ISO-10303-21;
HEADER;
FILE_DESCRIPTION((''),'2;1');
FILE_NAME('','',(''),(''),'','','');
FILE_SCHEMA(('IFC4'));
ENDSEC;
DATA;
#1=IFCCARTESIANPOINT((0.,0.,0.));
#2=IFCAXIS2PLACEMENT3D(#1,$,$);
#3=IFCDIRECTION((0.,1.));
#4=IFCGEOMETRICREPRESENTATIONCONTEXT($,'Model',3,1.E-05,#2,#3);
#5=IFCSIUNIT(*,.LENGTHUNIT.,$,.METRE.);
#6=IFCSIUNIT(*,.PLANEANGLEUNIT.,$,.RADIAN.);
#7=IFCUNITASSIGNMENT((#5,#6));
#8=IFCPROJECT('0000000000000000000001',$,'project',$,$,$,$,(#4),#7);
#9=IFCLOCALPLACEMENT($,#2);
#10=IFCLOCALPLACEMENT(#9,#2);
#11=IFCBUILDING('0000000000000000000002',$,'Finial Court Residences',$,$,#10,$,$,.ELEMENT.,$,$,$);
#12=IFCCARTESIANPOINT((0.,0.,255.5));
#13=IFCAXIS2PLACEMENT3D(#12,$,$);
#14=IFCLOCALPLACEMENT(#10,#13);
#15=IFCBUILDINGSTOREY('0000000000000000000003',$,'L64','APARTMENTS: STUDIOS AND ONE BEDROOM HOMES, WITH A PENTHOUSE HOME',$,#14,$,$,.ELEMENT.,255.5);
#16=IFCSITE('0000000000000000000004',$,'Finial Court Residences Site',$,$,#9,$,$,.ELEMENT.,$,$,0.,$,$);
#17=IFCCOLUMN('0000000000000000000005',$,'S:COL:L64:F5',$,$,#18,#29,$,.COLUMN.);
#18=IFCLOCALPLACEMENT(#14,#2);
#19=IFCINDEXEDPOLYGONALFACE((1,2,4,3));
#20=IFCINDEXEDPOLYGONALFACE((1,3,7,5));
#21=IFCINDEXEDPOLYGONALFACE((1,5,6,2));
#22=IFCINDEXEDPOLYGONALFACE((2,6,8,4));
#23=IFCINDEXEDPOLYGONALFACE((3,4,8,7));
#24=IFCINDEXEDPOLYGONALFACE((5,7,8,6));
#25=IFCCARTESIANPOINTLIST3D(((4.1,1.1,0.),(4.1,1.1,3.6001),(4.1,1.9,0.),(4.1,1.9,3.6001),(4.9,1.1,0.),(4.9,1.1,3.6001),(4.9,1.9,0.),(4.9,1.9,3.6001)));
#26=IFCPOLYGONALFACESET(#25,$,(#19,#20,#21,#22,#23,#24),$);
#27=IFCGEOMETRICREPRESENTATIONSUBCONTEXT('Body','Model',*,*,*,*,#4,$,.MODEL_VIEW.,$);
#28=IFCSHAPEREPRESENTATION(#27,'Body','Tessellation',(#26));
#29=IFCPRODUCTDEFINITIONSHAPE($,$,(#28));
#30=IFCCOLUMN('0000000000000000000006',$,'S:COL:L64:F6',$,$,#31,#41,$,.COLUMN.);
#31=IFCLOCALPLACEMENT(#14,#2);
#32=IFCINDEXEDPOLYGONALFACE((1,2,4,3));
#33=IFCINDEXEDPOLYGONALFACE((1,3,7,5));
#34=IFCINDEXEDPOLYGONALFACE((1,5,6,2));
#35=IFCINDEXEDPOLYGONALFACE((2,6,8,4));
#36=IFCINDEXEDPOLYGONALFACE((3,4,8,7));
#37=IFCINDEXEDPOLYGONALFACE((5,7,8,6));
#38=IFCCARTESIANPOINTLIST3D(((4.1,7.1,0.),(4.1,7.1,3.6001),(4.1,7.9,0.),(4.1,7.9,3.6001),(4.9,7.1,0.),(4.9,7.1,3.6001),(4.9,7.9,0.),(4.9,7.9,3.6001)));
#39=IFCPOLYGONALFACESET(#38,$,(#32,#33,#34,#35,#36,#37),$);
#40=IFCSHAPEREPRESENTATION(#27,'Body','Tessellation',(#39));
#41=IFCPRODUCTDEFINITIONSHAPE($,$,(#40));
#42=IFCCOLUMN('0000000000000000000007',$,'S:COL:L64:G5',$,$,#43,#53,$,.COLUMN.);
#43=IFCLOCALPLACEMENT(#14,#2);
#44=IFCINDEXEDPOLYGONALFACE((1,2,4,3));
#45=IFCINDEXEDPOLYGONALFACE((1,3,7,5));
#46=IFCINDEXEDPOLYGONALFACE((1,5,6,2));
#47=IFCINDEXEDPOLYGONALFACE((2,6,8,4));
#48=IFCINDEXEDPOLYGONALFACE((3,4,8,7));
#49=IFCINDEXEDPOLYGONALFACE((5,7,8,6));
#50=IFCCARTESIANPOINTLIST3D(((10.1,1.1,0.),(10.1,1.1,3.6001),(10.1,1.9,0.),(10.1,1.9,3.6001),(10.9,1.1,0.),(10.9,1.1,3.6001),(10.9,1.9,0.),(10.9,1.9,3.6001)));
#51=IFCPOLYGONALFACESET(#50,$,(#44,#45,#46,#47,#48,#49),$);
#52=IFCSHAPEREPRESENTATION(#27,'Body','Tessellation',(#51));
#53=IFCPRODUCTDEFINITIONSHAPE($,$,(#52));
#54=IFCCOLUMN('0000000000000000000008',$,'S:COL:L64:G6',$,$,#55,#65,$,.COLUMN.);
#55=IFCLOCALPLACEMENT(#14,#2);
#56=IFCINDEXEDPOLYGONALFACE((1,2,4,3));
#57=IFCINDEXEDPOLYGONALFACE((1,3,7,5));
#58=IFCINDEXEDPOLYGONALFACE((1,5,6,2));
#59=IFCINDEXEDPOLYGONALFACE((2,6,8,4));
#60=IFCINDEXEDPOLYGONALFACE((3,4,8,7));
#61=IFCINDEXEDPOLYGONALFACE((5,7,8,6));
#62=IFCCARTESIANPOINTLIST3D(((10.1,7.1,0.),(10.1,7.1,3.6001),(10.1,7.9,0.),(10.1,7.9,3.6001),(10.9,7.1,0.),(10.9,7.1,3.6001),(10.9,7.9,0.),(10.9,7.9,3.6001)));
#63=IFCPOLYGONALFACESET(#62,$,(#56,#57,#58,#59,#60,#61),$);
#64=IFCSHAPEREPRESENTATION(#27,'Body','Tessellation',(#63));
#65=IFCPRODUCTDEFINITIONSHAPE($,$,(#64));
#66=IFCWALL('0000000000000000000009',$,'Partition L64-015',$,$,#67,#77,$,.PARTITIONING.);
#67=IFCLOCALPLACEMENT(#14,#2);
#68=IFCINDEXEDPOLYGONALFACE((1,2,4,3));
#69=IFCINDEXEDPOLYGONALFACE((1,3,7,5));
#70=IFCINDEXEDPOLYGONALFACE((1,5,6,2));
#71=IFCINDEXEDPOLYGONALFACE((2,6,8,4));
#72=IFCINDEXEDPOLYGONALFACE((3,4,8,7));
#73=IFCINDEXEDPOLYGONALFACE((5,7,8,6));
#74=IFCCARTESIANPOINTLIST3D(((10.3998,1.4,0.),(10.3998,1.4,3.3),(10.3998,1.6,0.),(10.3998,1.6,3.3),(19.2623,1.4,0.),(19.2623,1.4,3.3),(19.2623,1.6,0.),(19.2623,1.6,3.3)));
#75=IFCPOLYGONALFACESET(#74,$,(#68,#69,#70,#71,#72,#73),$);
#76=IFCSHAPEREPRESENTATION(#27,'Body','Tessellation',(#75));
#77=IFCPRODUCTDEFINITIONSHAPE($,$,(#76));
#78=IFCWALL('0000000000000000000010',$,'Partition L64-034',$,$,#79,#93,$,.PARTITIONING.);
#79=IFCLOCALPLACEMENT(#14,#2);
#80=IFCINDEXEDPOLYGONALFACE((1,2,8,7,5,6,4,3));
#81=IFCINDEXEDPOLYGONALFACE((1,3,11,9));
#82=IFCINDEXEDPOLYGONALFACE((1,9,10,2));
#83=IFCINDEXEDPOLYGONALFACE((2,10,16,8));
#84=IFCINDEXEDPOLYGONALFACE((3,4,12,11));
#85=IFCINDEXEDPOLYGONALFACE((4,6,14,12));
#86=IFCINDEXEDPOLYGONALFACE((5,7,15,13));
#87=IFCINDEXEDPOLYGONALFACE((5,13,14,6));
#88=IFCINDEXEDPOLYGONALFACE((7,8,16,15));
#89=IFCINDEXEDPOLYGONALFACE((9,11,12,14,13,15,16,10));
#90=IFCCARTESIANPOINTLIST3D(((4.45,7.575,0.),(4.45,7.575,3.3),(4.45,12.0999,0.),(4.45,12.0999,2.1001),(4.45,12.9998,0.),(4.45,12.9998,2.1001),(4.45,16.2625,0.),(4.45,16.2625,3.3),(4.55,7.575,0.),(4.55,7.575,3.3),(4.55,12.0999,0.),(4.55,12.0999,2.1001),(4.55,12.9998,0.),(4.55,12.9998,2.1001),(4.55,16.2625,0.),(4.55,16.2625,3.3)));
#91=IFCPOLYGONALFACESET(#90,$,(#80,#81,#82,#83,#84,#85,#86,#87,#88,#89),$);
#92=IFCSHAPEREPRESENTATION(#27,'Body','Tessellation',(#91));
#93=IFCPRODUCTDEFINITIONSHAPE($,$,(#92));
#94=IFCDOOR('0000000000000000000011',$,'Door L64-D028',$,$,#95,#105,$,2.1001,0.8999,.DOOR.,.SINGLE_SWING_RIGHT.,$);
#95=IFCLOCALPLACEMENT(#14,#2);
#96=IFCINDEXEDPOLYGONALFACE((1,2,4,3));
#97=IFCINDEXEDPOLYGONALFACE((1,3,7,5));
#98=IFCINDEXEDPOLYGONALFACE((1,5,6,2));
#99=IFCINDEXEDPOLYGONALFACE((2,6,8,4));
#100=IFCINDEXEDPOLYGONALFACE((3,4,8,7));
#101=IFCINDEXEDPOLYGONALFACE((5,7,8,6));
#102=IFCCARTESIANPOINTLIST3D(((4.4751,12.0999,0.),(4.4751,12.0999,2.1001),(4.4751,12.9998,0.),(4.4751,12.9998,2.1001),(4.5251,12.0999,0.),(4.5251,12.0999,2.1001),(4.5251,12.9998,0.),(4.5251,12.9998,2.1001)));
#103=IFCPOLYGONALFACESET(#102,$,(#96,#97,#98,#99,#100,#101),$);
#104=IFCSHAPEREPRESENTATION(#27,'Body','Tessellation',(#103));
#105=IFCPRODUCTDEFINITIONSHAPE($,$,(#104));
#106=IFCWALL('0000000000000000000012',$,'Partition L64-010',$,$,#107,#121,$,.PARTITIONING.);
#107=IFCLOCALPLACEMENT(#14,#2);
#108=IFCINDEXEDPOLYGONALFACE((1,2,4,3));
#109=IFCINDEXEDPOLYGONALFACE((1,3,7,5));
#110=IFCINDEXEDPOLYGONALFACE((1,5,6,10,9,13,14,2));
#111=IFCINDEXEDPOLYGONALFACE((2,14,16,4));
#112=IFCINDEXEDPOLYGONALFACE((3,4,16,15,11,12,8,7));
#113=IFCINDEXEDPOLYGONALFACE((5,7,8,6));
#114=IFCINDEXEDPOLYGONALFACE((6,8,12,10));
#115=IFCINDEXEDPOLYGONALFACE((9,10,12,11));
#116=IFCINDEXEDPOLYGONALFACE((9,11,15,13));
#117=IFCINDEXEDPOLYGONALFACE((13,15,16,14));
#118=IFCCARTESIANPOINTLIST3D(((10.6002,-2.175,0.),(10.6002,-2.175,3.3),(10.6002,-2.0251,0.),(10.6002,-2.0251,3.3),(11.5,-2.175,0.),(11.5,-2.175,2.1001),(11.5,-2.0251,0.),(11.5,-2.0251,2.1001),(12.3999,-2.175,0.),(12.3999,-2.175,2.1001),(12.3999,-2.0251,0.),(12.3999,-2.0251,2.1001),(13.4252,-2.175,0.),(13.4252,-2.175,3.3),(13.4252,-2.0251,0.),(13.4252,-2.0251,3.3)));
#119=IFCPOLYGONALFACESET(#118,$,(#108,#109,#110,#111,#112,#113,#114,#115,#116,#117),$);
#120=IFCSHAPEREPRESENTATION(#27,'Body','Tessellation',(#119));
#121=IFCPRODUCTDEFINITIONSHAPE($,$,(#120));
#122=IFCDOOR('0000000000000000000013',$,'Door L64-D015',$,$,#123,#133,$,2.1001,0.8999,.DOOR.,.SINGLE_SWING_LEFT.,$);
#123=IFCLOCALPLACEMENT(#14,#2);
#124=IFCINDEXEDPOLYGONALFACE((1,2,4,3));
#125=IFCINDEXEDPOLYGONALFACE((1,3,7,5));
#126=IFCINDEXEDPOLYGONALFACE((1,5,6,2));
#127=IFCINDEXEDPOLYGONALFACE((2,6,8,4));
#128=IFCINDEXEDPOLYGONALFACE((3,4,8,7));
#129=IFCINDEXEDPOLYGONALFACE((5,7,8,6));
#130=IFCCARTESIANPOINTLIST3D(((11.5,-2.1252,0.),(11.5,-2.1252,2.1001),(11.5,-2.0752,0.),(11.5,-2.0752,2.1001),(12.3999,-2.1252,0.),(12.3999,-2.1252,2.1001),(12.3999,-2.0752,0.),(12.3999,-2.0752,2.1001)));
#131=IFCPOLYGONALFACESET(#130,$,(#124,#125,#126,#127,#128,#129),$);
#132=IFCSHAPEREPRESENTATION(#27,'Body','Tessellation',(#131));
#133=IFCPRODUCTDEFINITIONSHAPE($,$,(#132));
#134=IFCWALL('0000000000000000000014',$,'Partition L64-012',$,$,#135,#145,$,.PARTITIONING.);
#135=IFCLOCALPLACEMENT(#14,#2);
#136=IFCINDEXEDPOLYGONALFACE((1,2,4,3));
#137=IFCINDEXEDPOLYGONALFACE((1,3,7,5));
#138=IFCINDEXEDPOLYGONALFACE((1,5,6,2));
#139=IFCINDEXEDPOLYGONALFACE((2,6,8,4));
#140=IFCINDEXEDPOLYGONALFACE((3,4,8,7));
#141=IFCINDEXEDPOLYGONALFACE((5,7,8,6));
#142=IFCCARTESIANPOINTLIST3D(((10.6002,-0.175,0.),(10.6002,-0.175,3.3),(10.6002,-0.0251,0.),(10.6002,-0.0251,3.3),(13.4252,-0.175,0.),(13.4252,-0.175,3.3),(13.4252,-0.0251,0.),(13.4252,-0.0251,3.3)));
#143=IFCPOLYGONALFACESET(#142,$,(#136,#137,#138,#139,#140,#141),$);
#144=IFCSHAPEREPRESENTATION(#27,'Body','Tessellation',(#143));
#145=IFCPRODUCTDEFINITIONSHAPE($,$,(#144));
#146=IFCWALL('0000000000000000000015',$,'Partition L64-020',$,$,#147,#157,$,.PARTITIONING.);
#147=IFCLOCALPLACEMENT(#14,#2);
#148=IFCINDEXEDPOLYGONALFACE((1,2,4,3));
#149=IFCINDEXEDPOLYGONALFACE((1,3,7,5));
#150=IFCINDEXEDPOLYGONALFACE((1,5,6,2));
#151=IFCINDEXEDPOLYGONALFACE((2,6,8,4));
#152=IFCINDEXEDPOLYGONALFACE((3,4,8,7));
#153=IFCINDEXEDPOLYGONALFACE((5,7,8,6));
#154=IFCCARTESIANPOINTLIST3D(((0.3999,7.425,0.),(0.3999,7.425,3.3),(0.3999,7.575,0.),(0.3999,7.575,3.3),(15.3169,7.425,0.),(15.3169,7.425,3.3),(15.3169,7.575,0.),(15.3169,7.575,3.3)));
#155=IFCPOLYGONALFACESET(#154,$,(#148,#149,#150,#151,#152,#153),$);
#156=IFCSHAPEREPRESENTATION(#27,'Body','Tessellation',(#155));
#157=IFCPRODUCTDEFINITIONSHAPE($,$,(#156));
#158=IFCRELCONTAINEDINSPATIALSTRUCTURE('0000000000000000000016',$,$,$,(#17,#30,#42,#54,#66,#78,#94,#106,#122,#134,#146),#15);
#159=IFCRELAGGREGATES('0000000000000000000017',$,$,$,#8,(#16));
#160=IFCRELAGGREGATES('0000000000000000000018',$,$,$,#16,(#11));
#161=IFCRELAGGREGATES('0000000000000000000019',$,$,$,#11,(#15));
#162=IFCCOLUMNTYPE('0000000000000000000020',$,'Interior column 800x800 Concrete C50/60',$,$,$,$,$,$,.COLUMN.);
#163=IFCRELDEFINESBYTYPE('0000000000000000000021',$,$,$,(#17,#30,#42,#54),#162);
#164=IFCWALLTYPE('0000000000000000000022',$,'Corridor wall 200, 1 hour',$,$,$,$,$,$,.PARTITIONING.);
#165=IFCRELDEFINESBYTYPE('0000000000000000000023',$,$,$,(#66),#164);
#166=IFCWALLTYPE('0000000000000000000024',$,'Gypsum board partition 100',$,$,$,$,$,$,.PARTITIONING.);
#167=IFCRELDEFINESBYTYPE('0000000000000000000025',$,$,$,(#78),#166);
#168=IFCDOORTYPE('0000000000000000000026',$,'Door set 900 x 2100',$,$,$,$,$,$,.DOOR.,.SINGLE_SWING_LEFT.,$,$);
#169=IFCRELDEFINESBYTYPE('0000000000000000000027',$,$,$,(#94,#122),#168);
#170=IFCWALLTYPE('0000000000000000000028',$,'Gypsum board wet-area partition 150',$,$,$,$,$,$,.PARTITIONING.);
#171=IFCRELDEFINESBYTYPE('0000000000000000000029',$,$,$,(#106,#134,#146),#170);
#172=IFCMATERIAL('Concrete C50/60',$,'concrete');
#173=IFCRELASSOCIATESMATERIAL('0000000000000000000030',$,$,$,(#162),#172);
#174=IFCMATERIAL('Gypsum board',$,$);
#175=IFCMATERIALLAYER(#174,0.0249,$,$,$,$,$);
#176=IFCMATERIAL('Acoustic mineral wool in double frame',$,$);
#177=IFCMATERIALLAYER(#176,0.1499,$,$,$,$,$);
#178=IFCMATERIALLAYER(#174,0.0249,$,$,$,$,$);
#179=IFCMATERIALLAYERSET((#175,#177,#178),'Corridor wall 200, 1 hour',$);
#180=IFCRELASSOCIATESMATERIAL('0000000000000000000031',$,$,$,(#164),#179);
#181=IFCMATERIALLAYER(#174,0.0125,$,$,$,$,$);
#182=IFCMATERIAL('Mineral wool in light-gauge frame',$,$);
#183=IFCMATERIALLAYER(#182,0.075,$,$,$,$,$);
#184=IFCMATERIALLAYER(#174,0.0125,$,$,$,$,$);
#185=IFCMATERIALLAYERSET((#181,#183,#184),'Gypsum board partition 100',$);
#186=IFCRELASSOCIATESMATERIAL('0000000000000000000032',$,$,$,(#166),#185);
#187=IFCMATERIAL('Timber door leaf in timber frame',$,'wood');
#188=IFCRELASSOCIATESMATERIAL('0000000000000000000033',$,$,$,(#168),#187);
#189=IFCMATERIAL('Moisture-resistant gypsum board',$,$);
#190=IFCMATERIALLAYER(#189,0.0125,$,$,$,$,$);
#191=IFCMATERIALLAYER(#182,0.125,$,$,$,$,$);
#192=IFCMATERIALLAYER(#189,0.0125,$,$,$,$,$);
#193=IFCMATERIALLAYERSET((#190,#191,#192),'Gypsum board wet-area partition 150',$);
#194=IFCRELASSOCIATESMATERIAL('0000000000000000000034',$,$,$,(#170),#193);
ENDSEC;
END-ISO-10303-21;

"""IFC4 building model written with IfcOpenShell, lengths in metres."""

from ifc_helpers import new_model, si_unit, direction, frame, frame_2d, origin, origin_2d, place, context, subcontext, project, spatial, rectangle, extrude, material, layer, layer_set, material_profile, profile_set, type_object, element, fill, save


model = new_model("IFC4")

# Units and contexts
model_context = context("Model", 3, precision=1e-05, world=origin(), true_north=direction((0.0, 1.0)))
body_context = subcontext(model_context, "Body", "Model", "MODEL_VIEW")
ifc_project = project(units=[si_unit("LENGTHUNIT", "METRE"), si_unit("PLANEANGLEUNIT", "RADIAN")], contexts=[model_context])

# Site, building, storey
site_placement = place(None, origin())
site = spatial("IfcSite", under=ifc_project, at=site_placement, Name="Finial Court Residences Site", CompositionType="ELEMENT", RefElevation=0.0)
building_placement = place(site_placement, origin())
building = spatial("IfcBuilding", under=site, at=building_placement, Name="Finial Court Residences", CompositionType="ELEMENT")
storey_placement = place(building_placement, frame((0.0, 0.0, 255.5)))
storey = spatial("IfcBuildingStorey", under=building, at=storey_placement, Name="L64", Description="APARTMENTS: STUDIOS AND ONE BEDROOM HOMES, WITH A PENTHOUSE HOME", CompositionType="ELEMENT", Elevation=255.5)

# Columns
ifc_material_1 = material(Name="Concrete C50/60", Category="concrete")
ifc_material_profile = material_profile(ifc_material_1, rectangle(XDim=0.8, YDim=0.8, at=origin_2d()), Name="800x800")
ifc_profile_set = profile_set([ifc_material_profile], Name="Concrete C50/60")
column_type = type_object("IfcColumnType", Name="Interior column 800x800 Concrete C50/60", PredefinedType="COLUMN", material=ifc_profile_set)
for number, where, z_axis, x_axis, name in (
    (1, (4.5, 1.5, 0.0), (0.0, 0.0, 1.0), (1.0, 0.0, 0.0), "S:COL:L64:F5"),
    (2, (4.5, 7.5, 0.0), (0.0, 0.0, 1.0), (1.0, 0.0, 0.0), "S:COL:L64:F6"),
    (3, (10.5, 1.5, 0.0), (0.0, 0.0, 1.0), (1.0, 0.0, 0.0), "S:COL:L64:G5"),
    (4, (10.5, 7.5, 0.0), (0.0, 0.0, 1.0), (1.0, 0.0, 0.0), "S:COL:L64:G6"),
):
    element("IfcColumn", number, at=place(storey_placement, frame(where, z_axis=z_axis, x_axis=x_axis)), inside=storey, type_object=column_type, Name=name, PredefinedType="COLUMN", context=body_context, shape_type="SweptSolid", body=[
        extrude(rectangle(XDim=0.8, YDim=0.8, at=origin_2d()), origin(), (0.0, 0.0, 1.0), 3.6001),
    ])

# Wall
ifc_material_2 = material(Name="Gypsum board")
ifc_layer_1 = layer(ifc_material_2, 0.0249)
ifc_material_3 = material(Name="Acoustic mineral wool in double frame")
ifc_layer_2 = layer(ifc_material_3, 0.1499)
ifc_layer_3 = layer(ifc_material_2, 0.0249)
ifc_layer_set_1 = layer_set([ifc_layer_1, ifc_layer_2, ifc_layer_3], Name="Corridor wall 200, 1 hour")
wall_type_1 = type_object("IfcWallType", Name="Corridor wall 200, 1 hour", PredefinedType="PARTITIONING", material=ifc_layer_set_1)
wall_1_placement = place(storey_placement, frame((10.3999, 1.5, 0.0), z_axis=(0.0, 0.0, 1.0), x_axis=(1.0, 0.0, 0.0)))
element("IfcWall", 5, at=wall_1_placement, inside=storey, type_object=wall_type_1, Name="Partition L64-015", PredefinedType="PARTITIONING", context=body_context, shape_type="SweptSolid", body=[
    extrude(rectangle(XDim=8.8625, YDim=0.2, at=frame_2d((4.4312, 0.0))), origin(), (0.0, 0.0, 1.0), 3.3),
])

# Walls, openings, doors
ifc_layer_4 = layer(ifc_material_2, 0.0125)
ifc_material_4 = material(Name="Mineral wool in light-gauge frame")
ifc_layer_5 = layer(ifc_material_4, 0.075)
ifc_layer_6 = layer(ifc_material_2, 0.0125)
ifc_layer_set_2 = layer_set([ifc_layer_4, ifc_layer_5, ifc_layer_6], Name="Gypsum board partition 100")
wall_type_2 = type_object("IfcWallType", Name="Gypsum board partition 100", PredefinedType="PARTITIONING", material=ifc_layer_set_2)
wall_2_placement = place(storey_placement, frame((4.5, 7.575, 0.0), z_axis=(0.0, 0.0, 1.0), x_axis=(0.0, 1.0, 0.0)))
wall_2 = element("IfcWall", 6, at=wall_2_placement, inside=storey, type_object=wall_type_2, Name="Partition L64-034", PredefinedType="PARTITIONING", context=body_context, shape_type="SweptSolid", body=[
    extrude(rectangle(XDim=8.6875, YDim=0.1001, at=frame_2d((4.3438, 0.0))), origin(), (0.0, 0.0, 1.0), 3.3),
])
opening_1_placement = place(wall_2_placement, frame((4.5249, 0.0, 0.0)))
opening_1 = element("IfcOpeningElement", 7, at=opening_1_placement, cuts=wall_2, PredefinedType="OPENING", context=body_context, shape_type="SweptSolid", body=[
    extrude(rectangle(XDim=0.8999, YDim=2.1001, at=frame_2d((0.45, 1.05))), frame((0.0, 0.0601, 0.0), z_axis=(0.0, -1.0, 0.0), x_axis=(1.0, 0.0, 0.0)), (0.0, 0.0, 1.0), 0.1201),
])
ifc_material_5 = material(Name="Timber door leaf in timber frame", Category="wood")
door_type = type_object("IfcDoorType", Name="Door set 900 x 2100", OperationType="SINGLE_SWING_LEFT", PredefinedType="DOOR", material=ifc_material_5)
door_1_placement = place(opening_1_placement, origin())
door_1 = element("IfcDoor", 8, at=door_1_placement, inside=storey, type_object=door_type, Name="Door L64-D028", OperationType="SINGLE_SWING_RIGHT", OverallHeight=2.1001, OverallWidth=0.8999, PredefinedType="DOOR", context=body_context, shape_type="SweptSolid", body=[
    extrude(rectangle(XDim=0.8999, YDim=2.1001, at=frame_2d((0.45, 1.05))), frame((0.0, 0.0249, 0.0), z_axis=(0.0, -1.0, 0.0), x_axis=(1.0, 0.0, 0.0)), (0.0, 0.0, 1.0), 0.05),
])
fill(opening_1, door_1)
ifc_material_6 = material(Name="Moisture-resistant gypsum board")
ifc_layer_7 = layer(ifc_material_6, 0.0125)
ifc_layer_8 = layer(ifc_material_4, 0.125)
ifc_layer_9 = layer(ifc_material_6, 0.0125)
ifc_layer_set_3 = layer_set([ifc_layer_7, ifc_layer_8, ifc_layer_9], Name="Gypsum board wet-area partition 150")
wall_type_3 = type_object("IfcWallType", Name="Gypsum board wet-area partition 150", PredefinedType="PARTITIONING", material=ifc_layer_set_3)
wall_3_placement = place(storey_placement, frame((10.6001, -2.1001, 0.0), z_axis=(0.0, 0.0, 1.0), x_axis=(1.0, 0.0, 0.0)))
wall_3 = element("IfcWall", 9, at=wall_3_placement, inside=storey, type_object=wall_type_3, Name="Partition L64-010", PredefinedType="PARTITIONING", context=body_context, shape_type="SweptSolid", body=[
    extrude(rectangle(XDim=2.825, YDim=0.1499, at=frame_2d((1.4126, 0.0))), origin(), (0.0, 0.0, 1.0), 3.3),
])
opening_2_placement = place(wall_3_placement, frame((0.8999, 0.0, 0.0)))
opening_2 = element("IfcOpeningElement", 10, at=opening_2_placement, cuts=wall_3, PredefinedType="OPENING", context=body_context, shape_type="SweptSolid", body=[
    extrude(rectangle(XDim=0.8999, YDim=2.1001, at=frame_2d((0.45, 1.05))), frame((0.0, 0.085, 0.0), z_axis=(0.0, -1.0, 0.0), x_axis=(1.0, 0.0, 0.0)), (0.0, 0.0, 1.0), 0.1699),
])
door_2_placement = place(opening_2_placement, origin())
door_2 = element("IfcDoor", 11, at=door_2_placement, inside=storey, type_object=door_type, Name="Door L64-D015", OperationType="SINGLE_SWING_LEFT", OverallHeight=2.1001, OverallWidth=0.8999, PredefinedType="DOOR", context=body_context, shape_type="SweptSolid", body=[
    extrude(rectangle(XDim=0.8999, YDim=2.1001, at=frame_2d((0.45, 1.05))), frame((0.0, 0.0249, 0.0), z_axis=(0.0, -1.0, 0.0), x_axis=(1.0, 0.0, 0.0)), (0.0, 0.0, 1.0), 0.05),
])
fill(opening_2, door_2)

# Walls
wall_4_placement = place(storey_placement, frame((10.6001, -0.1001, 0.0), z_axis=(0.0, 0.0, 1.0), x_axis=(1.0, 0.0, 0.0)))
element("IfcWall", 12, at=wall_4_placement, inside=storey, type_object=wall_type_3, Name="Partition L64-012", PredefinedType="PARTITIONING", context=body_context, shape_type="SweptSolid", body=[
    extrude(rectangle(XDim=2.825, YDim=0.1499, at=frame_2d((1.4126, 0.0))), origin(), (0.0, 0.0, 1.0), 3.3),
])
wall_5_placement = place(storey_placement, frame((0.3999, 7.5, 0.0), z_axis=(0.0, 0.0, 1.0), x_axis=(1.0, 0.0, 0.0)))
element("IfcWall", 13, at=wall_5_placement, inside=storey, type_object=wall_type_3, Name="Partition L64-020", PredefinedType="PARTITIONING", context=body_context, shape_type="SweptSolid", body=[
    extrude(rectangle(XDim=14.917, YDim=0.1499, at=frame_2d((7.4585, 0.0))), origin(), (0.0, 0.0, 1.0), 3.3),
])

save(model, "model.ifc")
